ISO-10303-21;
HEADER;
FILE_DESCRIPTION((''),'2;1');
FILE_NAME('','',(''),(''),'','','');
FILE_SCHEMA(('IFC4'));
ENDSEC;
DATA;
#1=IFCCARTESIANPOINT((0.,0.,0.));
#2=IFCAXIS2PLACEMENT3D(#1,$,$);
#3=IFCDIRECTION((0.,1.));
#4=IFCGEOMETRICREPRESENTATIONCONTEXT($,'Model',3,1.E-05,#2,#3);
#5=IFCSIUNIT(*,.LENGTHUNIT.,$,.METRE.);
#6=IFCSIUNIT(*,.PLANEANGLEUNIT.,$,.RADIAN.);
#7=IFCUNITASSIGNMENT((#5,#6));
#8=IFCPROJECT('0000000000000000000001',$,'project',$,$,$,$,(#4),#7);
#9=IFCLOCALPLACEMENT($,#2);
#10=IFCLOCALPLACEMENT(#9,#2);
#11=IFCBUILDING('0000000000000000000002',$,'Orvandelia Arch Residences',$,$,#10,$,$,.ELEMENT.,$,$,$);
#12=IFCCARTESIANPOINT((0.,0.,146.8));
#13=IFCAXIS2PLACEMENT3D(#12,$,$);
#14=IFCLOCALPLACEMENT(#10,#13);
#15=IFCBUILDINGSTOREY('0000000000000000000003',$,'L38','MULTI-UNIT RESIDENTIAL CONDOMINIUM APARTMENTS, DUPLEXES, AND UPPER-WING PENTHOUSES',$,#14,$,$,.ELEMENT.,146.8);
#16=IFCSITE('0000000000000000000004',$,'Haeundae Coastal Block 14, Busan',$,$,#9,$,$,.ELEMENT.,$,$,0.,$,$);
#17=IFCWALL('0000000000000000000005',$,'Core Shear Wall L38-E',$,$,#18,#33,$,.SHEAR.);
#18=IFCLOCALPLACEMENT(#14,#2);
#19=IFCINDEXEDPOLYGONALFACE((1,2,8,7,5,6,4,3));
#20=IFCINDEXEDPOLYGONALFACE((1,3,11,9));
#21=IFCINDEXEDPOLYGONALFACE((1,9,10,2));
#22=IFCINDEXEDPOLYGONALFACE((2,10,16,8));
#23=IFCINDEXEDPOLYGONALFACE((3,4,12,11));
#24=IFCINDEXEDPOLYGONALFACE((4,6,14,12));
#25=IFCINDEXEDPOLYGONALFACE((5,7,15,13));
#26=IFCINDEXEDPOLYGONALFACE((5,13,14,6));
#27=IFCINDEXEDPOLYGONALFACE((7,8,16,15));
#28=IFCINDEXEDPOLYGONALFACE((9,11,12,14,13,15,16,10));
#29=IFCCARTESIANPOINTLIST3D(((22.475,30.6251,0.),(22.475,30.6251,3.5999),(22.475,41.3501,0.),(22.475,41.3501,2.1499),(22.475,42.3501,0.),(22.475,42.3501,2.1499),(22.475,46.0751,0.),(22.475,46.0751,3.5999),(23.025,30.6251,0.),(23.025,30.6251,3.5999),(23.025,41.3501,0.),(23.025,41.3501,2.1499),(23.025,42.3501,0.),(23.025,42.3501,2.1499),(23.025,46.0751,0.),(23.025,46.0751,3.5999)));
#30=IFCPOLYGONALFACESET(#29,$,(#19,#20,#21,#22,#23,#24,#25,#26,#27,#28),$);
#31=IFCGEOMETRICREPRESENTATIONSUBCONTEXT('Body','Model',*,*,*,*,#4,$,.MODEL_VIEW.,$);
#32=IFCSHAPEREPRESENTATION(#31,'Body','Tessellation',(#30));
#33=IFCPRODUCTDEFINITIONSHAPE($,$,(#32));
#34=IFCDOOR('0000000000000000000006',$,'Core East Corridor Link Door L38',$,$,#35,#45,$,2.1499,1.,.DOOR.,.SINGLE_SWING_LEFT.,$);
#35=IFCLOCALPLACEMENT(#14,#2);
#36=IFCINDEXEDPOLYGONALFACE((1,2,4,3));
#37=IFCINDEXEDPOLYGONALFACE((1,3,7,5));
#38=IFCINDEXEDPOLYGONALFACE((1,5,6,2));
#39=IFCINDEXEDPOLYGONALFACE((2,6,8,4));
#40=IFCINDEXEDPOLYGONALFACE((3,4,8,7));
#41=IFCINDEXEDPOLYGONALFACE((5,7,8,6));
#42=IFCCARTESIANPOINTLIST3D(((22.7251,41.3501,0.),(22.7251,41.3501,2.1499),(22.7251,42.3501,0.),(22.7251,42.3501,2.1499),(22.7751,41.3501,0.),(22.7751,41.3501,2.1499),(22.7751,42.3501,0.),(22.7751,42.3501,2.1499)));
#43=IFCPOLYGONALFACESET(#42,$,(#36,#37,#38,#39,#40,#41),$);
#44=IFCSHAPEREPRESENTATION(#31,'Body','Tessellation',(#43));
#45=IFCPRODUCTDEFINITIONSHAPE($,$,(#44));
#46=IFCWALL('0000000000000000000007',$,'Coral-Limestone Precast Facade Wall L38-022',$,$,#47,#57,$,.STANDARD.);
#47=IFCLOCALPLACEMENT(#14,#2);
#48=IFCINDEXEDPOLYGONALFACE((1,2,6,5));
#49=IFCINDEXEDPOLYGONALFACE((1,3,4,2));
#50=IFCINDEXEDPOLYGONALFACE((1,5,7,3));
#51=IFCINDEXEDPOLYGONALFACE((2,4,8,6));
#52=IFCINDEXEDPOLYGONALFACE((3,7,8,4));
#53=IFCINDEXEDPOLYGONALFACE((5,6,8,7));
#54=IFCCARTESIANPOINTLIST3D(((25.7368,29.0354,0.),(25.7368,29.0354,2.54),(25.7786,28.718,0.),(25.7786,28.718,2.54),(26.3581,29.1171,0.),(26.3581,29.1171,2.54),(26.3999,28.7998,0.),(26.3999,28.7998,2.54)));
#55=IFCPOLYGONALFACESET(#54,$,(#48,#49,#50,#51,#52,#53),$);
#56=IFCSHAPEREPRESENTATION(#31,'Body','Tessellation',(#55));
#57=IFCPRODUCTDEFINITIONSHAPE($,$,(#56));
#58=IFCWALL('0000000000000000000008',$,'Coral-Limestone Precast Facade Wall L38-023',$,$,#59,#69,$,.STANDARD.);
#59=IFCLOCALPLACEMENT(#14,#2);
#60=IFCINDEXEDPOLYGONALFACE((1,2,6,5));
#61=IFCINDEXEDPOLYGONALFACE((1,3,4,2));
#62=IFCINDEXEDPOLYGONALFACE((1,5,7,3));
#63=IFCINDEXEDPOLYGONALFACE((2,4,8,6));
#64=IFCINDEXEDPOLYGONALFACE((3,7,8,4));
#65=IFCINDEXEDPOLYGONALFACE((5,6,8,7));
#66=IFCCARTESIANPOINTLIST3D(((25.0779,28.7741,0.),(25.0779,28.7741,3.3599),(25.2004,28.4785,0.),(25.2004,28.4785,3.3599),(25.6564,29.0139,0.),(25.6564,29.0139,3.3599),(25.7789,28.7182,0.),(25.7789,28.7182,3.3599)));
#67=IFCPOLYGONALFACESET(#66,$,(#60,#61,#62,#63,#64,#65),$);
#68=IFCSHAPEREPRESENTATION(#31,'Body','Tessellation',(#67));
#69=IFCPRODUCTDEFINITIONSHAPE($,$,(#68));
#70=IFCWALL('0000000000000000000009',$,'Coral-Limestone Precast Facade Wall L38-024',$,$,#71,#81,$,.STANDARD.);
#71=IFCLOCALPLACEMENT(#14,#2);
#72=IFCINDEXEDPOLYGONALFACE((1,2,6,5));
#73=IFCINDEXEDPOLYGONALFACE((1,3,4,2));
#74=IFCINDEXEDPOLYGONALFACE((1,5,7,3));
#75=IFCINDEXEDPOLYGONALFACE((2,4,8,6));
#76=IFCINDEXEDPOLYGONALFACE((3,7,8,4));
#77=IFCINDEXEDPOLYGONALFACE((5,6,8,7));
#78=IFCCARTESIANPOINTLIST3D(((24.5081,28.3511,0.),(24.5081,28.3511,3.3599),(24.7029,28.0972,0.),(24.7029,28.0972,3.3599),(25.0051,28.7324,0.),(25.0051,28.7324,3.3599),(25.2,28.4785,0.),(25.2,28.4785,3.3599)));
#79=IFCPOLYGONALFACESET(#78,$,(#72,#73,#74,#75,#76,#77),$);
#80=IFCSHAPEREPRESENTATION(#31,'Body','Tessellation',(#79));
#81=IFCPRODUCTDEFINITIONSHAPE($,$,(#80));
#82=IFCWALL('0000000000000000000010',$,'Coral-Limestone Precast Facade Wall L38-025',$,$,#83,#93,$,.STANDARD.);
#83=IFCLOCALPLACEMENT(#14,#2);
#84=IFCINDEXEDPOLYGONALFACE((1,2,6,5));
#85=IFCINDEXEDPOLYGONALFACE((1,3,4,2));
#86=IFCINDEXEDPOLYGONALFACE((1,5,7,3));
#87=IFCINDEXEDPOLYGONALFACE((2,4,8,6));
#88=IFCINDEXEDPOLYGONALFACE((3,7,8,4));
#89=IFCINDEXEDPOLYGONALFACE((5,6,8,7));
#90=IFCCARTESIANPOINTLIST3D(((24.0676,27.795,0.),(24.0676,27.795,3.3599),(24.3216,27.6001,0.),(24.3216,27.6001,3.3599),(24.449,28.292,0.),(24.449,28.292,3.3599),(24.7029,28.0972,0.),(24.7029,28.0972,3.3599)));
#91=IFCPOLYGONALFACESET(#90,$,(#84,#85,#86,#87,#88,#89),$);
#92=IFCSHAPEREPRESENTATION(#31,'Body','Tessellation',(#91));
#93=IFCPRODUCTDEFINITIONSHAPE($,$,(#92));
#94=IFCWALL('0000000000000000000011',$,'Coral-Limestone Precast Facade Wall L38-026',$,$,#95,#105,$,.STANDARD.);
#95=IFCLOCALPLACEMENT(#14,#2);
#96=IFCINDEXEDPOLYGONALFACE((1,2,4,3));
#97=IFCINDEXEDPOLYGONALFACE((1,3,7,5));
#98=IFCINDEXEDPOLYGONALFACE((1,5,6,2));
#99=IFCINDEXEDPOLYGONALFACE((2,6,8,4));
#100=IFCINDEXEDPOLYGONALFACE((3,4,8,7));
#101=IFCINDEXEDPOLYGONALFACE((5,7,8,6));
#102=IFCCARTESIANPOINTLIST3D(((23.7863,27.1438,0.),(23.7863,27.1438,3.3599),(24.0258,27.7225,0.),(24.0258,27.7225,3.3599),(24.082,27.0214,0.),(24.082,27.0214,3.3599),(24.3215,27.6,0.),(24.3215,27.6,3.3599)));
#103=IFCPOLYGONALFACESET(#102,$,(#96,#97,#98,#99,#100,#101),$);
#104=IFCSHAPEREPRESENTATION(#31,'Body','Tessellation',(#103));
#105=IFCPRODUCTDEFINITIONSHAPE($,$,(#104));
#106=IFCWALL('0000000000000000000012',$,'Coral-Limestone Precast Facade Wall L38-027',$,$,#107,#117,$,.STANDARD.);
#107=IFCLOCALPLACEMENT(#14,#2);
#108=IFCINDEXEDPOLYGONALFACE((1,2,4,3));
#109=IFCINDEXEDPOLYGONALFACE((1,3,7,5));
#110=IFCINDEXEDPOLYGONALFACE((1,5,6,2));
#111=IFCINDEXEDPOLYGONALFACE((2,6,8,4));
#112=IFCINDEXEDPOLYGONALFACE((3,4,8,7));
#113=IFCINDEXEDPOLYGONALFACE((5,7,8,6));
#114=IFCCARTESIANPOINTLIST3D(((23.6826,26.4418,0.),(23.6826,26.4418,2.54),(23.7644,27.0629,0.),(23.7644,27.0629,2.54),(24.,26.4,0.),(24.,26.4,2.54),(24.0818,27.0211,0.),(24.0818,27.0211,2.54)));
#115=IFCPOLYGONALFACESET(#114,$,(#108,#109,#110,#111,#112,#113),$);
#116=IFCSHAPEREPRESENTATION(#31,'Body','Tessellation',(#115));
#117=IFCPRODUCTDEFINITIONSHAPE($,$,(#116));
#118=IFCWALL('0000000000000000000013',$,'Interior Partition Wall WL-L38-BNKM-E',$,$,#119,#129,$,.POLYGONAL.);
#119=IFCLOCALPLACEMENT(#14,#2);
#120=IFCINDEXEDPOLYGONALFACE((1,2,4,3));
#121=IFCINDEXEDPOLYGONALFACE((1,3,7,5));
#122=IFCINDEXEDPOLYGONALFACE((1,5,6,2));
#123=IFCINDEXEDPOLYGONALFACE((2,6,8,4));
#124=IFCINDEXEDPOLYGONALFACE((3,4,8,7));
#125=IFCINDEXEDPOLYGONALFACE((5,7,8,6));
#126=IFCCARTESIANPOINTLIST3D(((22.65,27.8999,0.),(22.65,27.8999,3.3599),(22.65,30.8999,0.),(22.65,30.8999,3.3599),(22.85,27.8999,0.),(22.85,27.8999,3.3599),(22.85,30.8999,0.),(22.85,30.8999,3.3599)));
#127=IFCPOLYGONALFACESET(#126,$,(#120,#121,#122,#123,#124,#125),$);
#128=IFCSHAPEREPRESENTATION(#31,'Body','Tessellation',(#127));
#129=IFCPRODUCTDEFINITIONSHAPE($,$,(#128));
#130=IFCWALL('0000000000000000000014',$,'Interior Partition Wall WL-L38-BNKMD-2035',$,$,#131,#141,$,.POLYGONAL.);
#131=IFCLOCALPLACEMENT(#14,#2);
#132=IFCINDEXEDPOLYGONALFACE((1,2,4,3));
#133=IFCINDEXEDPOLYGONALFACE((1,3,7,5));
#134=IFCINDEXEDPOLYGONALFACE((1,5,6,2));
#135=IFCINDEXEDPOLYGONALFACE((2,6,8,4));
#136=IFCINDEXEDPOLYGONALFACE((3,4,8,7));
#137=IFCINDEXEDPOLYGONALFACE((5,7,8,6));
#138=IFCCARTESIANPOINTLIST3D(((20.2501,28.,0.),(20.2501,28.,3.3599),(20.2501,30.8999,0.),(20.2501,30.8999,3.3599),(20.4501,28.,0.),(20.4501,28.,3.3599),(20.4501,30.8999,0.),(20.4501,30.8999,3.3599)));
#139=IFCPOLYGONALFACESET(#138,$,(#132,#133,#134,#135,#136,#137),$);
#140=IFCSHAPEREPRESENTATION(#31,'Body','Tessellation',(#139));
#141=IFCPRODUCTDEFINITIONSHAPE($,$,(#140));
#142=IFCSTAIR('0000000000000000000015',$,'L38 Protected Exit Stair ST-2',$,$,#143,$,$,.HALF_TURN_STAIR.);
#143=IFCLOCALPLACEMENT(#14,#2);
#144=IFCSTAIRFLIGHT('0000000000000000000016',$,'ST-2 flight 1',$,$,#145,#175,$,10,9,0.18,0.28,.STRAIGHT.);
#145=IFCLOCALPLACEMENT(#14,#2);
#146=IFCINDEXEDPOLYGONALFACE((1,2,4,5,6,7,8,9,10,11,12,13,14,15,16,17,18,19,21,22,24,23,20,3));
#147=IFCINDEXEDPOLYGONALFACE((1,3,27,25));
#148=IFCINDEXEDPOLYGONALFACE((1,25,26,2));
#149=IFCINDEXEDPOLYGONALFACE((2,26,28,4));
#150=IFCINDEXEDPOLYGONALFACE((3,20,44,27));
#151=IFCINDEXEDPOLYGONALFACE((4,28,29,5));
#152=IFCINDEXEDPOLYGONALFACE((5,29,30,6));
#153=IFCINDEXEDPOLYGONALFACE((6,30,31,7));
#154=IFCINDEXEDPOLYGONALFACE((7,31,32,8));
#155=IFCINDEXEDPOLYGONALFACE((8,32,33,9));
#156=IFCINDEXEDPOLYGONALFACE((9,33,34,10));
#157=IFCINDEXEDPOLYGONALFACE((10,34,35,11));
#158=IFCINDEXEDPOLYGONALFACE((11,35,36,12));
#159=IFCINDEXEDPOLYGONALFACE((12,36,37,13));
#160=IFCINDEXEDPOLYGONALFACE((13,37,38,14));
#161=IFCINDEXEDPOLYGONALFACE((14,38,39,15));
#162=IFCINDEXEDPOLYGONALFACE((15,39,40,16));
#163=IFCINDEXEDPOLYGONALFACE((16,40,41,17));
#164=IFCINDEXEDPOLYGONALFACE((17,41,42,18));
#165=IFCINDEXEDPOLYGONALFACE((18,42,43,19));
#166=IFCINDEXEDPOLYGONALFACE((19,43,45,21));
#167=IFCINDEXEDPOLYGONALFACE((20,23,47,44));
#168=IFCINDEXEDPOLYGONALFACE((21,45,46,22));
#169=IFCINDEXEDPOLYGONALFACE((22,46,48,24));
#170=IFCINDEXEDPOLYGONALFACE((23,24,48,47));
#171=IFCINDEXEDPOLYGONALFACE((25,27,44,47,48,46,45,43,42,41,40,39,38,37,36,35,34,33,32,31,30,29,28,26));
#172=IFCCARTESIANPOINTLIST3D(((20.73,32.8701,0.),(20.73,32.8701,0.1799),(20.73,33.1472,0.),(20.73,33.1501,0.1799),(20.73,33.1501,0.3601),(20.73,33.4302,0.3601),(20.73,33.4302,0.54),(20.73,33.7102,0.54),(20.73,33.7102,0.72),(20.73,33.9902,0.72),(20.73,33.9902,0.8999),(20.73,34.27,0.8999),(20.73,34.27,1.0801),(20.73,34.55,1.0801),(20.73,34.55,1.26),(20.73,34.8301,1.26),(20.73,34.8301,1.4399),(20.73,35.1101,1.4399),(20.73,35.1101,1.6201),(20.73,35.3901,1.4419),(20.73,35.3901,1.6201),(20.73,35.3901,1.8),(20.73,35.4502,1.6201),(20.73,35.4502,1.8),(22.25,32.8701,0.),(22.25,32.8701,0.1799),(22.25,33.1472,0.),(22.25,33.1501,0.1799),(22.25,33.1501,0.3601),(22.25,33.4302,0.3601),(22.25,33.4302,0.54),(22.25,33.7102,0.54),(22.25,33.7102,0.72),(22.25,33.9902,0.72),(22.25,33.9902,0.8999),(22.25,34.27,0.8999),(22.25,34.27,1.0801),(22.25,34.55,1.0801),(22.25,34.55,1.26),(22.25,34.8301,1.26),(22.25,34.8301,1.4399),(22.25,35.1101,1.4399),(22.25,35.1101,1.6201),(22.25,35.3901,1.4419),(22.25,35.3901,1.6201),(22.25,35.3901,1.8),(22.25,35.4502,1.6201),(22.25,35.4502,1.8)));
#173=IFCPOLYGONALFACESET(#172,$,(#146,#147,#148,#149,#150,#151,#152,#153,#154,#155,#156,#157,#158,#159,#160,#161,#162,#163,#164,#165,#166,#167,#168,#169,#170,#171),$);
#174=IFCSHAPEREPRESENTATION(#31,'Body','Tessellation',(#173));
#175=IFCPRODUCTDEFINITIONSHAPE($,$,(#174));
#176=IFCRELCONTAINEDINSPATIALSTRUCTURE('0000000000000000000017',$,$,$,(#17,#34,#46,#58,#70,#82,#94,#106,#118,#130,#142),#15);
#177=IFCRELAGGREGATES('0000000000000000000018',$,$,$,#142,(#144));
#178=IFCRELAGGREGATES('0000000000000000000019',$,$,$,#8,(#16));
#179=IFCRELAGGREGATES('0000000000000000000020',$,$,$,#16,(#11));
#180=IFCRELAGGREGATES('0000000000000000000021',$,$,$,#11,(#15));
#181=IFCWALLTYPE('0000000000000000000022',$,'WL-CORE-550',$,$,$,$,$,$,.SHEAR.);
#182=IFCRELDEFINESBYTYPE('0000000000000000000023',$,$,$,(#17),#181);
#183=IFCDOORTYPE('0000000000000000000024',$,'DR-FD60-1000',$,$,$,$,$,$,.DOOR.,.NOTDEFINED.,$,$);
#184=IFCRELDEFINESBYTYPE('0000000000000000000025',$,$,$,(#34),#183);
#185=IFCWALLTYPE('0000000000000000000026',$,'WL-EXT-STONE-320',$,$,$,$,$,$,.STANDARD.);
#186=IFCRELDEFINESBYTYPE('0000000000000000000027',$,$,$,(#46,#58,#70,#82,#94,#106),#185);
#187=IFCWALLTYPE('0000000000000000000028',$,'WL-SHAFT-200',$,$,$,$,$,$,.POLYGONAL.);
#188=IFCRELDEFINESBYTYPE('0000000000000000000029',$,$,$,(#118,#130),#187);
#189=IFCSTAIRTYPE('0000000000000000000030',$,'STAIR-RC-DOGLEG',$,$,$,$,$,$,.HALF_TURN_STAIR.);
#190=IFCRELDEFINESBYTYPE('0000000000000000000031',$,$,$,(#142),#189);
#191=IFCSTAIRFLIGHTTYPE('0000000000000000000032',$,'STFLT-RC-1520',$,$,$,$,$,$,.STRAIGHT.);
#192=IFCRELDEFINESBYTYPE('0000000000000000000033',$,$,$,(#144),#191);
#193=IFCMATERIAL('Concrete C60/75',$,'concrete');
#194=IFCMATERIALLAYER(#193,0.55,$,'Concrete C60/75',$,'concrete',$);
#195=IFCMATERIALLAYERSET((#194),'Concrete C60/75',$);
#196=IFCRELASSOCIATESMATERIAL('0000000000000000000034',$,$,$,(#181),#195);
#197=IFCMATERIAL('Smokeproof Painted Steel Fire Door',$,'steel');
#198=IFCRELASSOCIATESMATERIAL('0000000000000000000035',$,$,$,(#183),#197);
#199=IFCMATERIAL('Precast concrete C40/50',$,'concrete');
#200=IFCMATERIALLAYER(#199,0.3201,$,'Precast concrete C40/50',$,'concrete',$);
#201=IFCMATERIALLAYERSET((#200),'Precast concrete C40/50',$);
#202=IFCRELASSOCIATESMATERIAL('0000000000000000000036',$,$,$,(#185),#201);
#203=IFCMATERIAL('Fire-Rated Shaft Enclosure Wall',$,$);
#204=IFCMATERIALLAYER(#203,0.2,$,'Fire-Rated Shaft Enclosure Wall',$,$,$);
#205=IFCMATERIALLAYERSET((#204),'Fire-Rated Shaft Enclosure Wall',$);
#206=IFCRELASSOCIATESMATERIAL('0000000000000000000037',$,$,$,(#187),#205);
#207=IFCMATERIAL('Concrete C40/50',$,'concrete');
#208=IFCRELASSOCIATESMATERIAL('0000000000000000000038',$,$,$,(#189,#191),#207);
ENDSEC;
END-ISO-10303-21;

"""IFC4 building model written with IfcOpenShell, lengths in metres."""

from ifc_helpers import new_model, si_unit, direction, frame, frame_2d, origin, place, context, subcontext, project, spatial, polyline, rectangle, outline, extrude, material, layer, layer_set, type_object, element, fill, aggregate, save


model = new_model("IFC4")

# Units and contexts
model_context = context("Model", 3, precision=1e-05, world=origin(), true_north=direction((0.0, 1.0)))
body_context = subcontext(model_context, "Body", "Model", "MODEL_VIEW")
ifc_project = project(units=[si_unit("LENGTHUNIT", "METRE"), si_unit("PLANEANGLEUNIT", "RADIAN")], contexts=[model_context])

# Site, building, storey
site_placement = place(None, origin())
site = spatial("IfcSite", under=ifc_project, at=site_placement, Name="Haeundae Coastal Block 14, Busan", CompositionType="ELEMENT", RefElevation=0.0)
building_placement = place(site_placement, origin())
building = spatial("IfcBuilding", under=site, at=building_placement, Name="Orvandelia Arch Residences", CompositionType="ELEMENT")
storey_placement = place(building_placement, frame((0.0, 0.0, 146.8)))
storey = spatial("IfcBuildingStorey", under=building, at=storey_placement, Name="L38", Description="MULTI-UNIT RESIDENTIAL CONDOMINIUM APARTMENTS, DUPLEXES, AND UPPER-WING PENTHOUSES", CompositionType="ELEMENT", Elevation=146.8)

# Shared definitions
ifc_material_1 = material(Name="Concrete C60/75", Category="concrete")

# Wall, opening, door
ifc_layer_1 = layer(ifc_material_1, 0.55, Name="Concrete C60/75", Category="concrete")
ifc_layer_set_1 = layer_set([ifc_layer_1], Name="Concrete C60/75")
wall_type_1 = type_object("IfcWallType", Name="WL-CORE-550", PredefinedType="SHEAR", material=ifc_layer_set_1)
wall_1_placement = place(storey_placement, frame((22.75, 30.625, 0.0), z_axis=(0.0, 0.0, 1.0), x_axis=(0.0, 1.0, 0.0)))
wall_1 = element("IfcWall", 1, at=wall_1_placement, inside=storey, type_object=wall_type_1, Name="Core Shear Wall L38-E", PredefinedType="SHEAR", context=body_context, shape_type="SweptSolid", body=[
    extrude(rectangle(XDim=15.45, YDim=0.55, at=frame_2d((7.7251, 0.0))), origin(), (0.0, 0.0, 1.0), 3.5999),
])
opening_placement = place(wall_1_placement, frame((10.7251, 0.0, 0.0)))
opening = element("IfcOpeningElement", 2, at=opening_placement, cuts=wall_1, PredefinedType="OPENING", context=body_context, shape_type="SweptSolid", body=[
    extrude(rectangle(XDim=1.0, YDim=2.1499, at=frame_2d((0.5, 1.075))), frame((0.0, 0.2852, 0.0), z_axis=(0.0, -1.0, 0.0), x_axis=(1.0, 0.0, 0.0)), (0.0, 0.0, 1.0), 0.5701),
])
ifc_material_2 = material(Name="Smokeproof Painted Steel Fire Door", Category="steel")
door_type = type_object("IfcDoorType", Name="DR-FD60-1000", OperationType="NOTDEFINED", PredefinedType="DOOR", material=ifc_material_2)
door_placement = place(opening_placement, origin())
door = element("IfcDoor", 3, at=door_placement, inside=storey, type_object=door_type, Name="Core East Corridor Link Door L38", OperationType="SINGLE_SWING_LEFT", OverallHeight=2.1499, OverallWidth=1.0, PredefinedType="DOOR", context=body_context, shape_type="SweptSolid", body=[
    extrude(rectangle(XDim=1.0, YDim=2.1499, at=frame_2d((0.5, 1.075))), frame((0.0, 0.0249, 0.0), z_axis=(0.0, -1.0, 0.0), x_axis=(1.0, 0.0, 0.0)), (0.0, 0.0, 1.0), 0.05),
])
fill(opening, door)

# Walls
ifc_material_3 = material(Name="Precast concrete C40/50", Category="concrete")
ifc_layer_2 = layer(ifc_material_3, 0.3201, Name="Precast concrete C40/50", Category="concrete")
ifc_layer_set_2 = layer_set([ifc_layer_2], Name="Precast concrete C40/50")
wall_type_2 = type_object("IfcWallType", Name="WL-EXT-STONE-320", PredefinedType="STANDARD", material=ifc_layer_set_2)
wall_2_placement = place(storey_placement, frame((26.3792, 28.9585, 0.0), z_axis=(0.0, 0.0, 1.0), x_axis=(-0.991448, -0.130505, 0.0)))
element("IfcWall", 4, at=wall_2_placement, inside=storey, type_object=wall_type_2, Name="Coral-Limestone Precast Facade Wall L38-022", PredefinedType="STANDARD", context=body_context, shape_type="SweptSolid", body=[
    extrude(rectangle(XDim=0.6267, YDim=0.3201, at=frame_2d((0.3135, 0.0))), origin(), (0.0, 0.0, 1.0), 2.54),
])
wall_3_placement = place(storey_placement, frame((25.7175, 28.866, 0.0), z_axis=(0.0, 0.0, 1.0), x_axis=(-0.923836, -0.382788, 0.0)))
element("IfcWall", 5, at=wall_3_placement, inside=storey, type_object=wall_type_2, Name="Coral-Limestone Precast Facade Wall L38-023", PredefinedType="STANDARD", context=body_context, shape_type="SweptSolid", body=[
    extrude(rectangle(XDim=0.6262, YDim=0.3201, at=frame_2d((0.313, 0.0))), origin(), (0.0, 0.0, 1.0), 3.3599),
])
for number, where, z_axis, x_axis, name in (
    (6, (25.1025, 28.6055, 0.0), (0.0, 0.0, 1.0), (-0.793406, -0.608693, 0.0), "Coral-Limestone Precast Facade Wall L38-024"),
    (7, (24.5759, 28.1946, 0.0), (0.0, 0.0, 1.0), (-0.608693, -0.793406, 0.0), "Coral-Limestone Precast Facade Wall L38-025"),
):
    element("IfcWall", number, at=place(storey_placement, frame(where, z_axis=z_axis, x_axis=x_axis)), inside=storey, type_object=wall_type_2, Name=name, PredefinedType="STANDARD", context=body_context, shape_type="SweptSolid", body=[
        extrude(rectangle(XDim=0.6265, YDim=0.3201, at=frame_2d((0.3132, 0.0))), origin(), (0.0, 0.0, 1.0), 3.3599),
    ])
wall_4_placement = place(storey_placement, frame((24.1736, 27.6611, 0.0), z_axis=(0.0, 0.0, 1.0), x_axis=(-0.382455, -0.923974, 0.0)))
element("IfcWall", 8, at=wall_4_placement, inside=storey, type_object=wall_type_2, Name="Coral-Limestone Precast Facade Wall L38-026", PredefinedType="STANDARD", context=body_context, shape_type="SweptSolid", body=[
    extrude(rectangle(XDim=0.6262, YDim=0.3201, at=frame_2d((0.313, 0.0))), origin(), (0.0, 0.0, 1.0), 3.3599),
])
wall_5_placement = place(storey_placement, frame((23.9231, 27.042, 0.0), z_axis=(0.0, 0.0, 1.0), x_axis=(-0.130555, -0.991441, 0.0)))
element("IfcWall", 9, at=wall_5_placement, inside=storey, type_object=wall_type_2, Name="Coral-Limestone Precast Facade Wall L38-027", PredefinedType="STANDARD", context=body_context, shape_type="SweptSolid", body=[
    extrude(rectangle(XDim=0.6265, YDim=0.3201, at=frame_2d((0.3132, 0.0))), origin(), (0.0, 0.0, 1.0), 2.54),
])
ifc_material_4 = material(Name="Fire-Rated Shaft Enclosure Wall")
ifc_layer_3 = layer(ifc_material_4, 0.2, Name="Fire-Rated Shaft Enclosure Wall")
ifc_layer_set_3 = layer_set([ifc_layer_3], Name="Fire-Rated Shaft Enclosure Wall")
wall_type_3 = type_object("IfcWallType", Name="WL-SHAFT-200", PredefinedType="POLYGONAL", material=ifc_layer_set_3)
wall_6_placement = place(storey_placement, frame((22.75, 27.8999, 0.0), z_axis=(0.0, 0.0, 1.0), x_axis=(0.0, 1.0, 0.0)))
element("IfcWall", 10, at=wall_6_placement, inside=storey, type_object=wall_type_3, Name="Interior Partition Wall WL-L38-BNKM-E", PredefinedType="POLYGONAL", context=body_context, shape_type="SweptSolid", body=[
    extrude(rectangle(XDim=3.0, YDim=0.2, at=frame_2d((1.5, 0.0))), origin(), (0.0, 0.0, 1.0), 3.3599),
])
wall_7_placement = place(storey_placement, frame((20.3501, 28.0, 0.0), z_axis=(0.0, 0.0, 1.0), x_axis=(0.0, 1.0, 0.0)))
element("IfcWall", 11, at=wall_7_placement, inside=storey, type_object=wall_type_3, Name="Interior Partition Wall WL-L38-BNKMD-2035", PredefinedType="POLYGONAL", context=body_context, shape_type="SweptSolid", body=[
    extrude(rectangle(XDim=2.8999, YDim=0.2, at=frame_2d((1.45, 0.0))), origin(), (0.0, 0.0, 1.0), 3.3599),
])

# Stair, stair flight
ifc_material_5 = material(Name="Concrete C40/50", Category="concrete")
stair_type = type_object("IfcStairType", Name="STAIR-RC-DOGLEG", PredefinedType="HALF_TURN_STAIR", material=ifc_material_5)
stair_placement = place(storey_placement, origin())
stair = element("IfcStair", 12, at=stair_placement, inside=storey, type_object=stair_type, Name="L38 Protected Exit Stair ST-2", PredefinedType="HALF_TURN_STAIR")
stair_flight_type = type_object("IfcStairFlightType", Name="STFLT-RC-1520", PredefinedType="STRAIGHT", material=ifc_material_5)
stair_flight_placement = place(storey_placement, frame((21.49, 32.8701, 0.0), z_axis=(0.0, 0.0, 1.0), x_axis=(0.0, 1.0, 0.0)))
stair_flight = element("IfcStairFlight", 13, at=stair_flight_placement, type_object=stair_flight_type, Name="ST-2 flight 1", NumberOfRisers=10, NumberOfTreads=9, PredefinedType="STRAIGHT", RiserHeight=0.18, TreadLength=0.28, context=body_context, shape_type="SweptSolid", body=[
    extrude(outline(polyline([(0.0, 0.0), (0.0, 0.1799), (0.28, 0.1799), (0.28, 0.3601), (0.5601, 0.3601), (0.5601, 0.54), (0.8401, 0.54), (0.8401, 0.72), (1.1201, 0.72), (1.1201, 0.8999), (1.3999, 0.8999), (1.3999, 1.0801), (1.6799, 1.0801), (1.6799, 1.26), (1.96, 1.26), (1.96, 1.4399), (2.24, 1.4399), (2.24, 1.6201), (2.52, 1.6201), (2.52, 1.8), (2.5801, 1.8), (2.5801, 1.6201), (2.52, 1.4419), (0.2771, 0.0), (0.0, 0.0)])), frame((0.0, 0.76, 0.0), z_axis=(0.0, -1.0, 0.0), x_axis=(1.0, 0.0, 0.0)), (0.0, 0.0, 1.0), 1.52),
])
aggregate(stair, [stair_flight])

save(model, "model.ifc")
